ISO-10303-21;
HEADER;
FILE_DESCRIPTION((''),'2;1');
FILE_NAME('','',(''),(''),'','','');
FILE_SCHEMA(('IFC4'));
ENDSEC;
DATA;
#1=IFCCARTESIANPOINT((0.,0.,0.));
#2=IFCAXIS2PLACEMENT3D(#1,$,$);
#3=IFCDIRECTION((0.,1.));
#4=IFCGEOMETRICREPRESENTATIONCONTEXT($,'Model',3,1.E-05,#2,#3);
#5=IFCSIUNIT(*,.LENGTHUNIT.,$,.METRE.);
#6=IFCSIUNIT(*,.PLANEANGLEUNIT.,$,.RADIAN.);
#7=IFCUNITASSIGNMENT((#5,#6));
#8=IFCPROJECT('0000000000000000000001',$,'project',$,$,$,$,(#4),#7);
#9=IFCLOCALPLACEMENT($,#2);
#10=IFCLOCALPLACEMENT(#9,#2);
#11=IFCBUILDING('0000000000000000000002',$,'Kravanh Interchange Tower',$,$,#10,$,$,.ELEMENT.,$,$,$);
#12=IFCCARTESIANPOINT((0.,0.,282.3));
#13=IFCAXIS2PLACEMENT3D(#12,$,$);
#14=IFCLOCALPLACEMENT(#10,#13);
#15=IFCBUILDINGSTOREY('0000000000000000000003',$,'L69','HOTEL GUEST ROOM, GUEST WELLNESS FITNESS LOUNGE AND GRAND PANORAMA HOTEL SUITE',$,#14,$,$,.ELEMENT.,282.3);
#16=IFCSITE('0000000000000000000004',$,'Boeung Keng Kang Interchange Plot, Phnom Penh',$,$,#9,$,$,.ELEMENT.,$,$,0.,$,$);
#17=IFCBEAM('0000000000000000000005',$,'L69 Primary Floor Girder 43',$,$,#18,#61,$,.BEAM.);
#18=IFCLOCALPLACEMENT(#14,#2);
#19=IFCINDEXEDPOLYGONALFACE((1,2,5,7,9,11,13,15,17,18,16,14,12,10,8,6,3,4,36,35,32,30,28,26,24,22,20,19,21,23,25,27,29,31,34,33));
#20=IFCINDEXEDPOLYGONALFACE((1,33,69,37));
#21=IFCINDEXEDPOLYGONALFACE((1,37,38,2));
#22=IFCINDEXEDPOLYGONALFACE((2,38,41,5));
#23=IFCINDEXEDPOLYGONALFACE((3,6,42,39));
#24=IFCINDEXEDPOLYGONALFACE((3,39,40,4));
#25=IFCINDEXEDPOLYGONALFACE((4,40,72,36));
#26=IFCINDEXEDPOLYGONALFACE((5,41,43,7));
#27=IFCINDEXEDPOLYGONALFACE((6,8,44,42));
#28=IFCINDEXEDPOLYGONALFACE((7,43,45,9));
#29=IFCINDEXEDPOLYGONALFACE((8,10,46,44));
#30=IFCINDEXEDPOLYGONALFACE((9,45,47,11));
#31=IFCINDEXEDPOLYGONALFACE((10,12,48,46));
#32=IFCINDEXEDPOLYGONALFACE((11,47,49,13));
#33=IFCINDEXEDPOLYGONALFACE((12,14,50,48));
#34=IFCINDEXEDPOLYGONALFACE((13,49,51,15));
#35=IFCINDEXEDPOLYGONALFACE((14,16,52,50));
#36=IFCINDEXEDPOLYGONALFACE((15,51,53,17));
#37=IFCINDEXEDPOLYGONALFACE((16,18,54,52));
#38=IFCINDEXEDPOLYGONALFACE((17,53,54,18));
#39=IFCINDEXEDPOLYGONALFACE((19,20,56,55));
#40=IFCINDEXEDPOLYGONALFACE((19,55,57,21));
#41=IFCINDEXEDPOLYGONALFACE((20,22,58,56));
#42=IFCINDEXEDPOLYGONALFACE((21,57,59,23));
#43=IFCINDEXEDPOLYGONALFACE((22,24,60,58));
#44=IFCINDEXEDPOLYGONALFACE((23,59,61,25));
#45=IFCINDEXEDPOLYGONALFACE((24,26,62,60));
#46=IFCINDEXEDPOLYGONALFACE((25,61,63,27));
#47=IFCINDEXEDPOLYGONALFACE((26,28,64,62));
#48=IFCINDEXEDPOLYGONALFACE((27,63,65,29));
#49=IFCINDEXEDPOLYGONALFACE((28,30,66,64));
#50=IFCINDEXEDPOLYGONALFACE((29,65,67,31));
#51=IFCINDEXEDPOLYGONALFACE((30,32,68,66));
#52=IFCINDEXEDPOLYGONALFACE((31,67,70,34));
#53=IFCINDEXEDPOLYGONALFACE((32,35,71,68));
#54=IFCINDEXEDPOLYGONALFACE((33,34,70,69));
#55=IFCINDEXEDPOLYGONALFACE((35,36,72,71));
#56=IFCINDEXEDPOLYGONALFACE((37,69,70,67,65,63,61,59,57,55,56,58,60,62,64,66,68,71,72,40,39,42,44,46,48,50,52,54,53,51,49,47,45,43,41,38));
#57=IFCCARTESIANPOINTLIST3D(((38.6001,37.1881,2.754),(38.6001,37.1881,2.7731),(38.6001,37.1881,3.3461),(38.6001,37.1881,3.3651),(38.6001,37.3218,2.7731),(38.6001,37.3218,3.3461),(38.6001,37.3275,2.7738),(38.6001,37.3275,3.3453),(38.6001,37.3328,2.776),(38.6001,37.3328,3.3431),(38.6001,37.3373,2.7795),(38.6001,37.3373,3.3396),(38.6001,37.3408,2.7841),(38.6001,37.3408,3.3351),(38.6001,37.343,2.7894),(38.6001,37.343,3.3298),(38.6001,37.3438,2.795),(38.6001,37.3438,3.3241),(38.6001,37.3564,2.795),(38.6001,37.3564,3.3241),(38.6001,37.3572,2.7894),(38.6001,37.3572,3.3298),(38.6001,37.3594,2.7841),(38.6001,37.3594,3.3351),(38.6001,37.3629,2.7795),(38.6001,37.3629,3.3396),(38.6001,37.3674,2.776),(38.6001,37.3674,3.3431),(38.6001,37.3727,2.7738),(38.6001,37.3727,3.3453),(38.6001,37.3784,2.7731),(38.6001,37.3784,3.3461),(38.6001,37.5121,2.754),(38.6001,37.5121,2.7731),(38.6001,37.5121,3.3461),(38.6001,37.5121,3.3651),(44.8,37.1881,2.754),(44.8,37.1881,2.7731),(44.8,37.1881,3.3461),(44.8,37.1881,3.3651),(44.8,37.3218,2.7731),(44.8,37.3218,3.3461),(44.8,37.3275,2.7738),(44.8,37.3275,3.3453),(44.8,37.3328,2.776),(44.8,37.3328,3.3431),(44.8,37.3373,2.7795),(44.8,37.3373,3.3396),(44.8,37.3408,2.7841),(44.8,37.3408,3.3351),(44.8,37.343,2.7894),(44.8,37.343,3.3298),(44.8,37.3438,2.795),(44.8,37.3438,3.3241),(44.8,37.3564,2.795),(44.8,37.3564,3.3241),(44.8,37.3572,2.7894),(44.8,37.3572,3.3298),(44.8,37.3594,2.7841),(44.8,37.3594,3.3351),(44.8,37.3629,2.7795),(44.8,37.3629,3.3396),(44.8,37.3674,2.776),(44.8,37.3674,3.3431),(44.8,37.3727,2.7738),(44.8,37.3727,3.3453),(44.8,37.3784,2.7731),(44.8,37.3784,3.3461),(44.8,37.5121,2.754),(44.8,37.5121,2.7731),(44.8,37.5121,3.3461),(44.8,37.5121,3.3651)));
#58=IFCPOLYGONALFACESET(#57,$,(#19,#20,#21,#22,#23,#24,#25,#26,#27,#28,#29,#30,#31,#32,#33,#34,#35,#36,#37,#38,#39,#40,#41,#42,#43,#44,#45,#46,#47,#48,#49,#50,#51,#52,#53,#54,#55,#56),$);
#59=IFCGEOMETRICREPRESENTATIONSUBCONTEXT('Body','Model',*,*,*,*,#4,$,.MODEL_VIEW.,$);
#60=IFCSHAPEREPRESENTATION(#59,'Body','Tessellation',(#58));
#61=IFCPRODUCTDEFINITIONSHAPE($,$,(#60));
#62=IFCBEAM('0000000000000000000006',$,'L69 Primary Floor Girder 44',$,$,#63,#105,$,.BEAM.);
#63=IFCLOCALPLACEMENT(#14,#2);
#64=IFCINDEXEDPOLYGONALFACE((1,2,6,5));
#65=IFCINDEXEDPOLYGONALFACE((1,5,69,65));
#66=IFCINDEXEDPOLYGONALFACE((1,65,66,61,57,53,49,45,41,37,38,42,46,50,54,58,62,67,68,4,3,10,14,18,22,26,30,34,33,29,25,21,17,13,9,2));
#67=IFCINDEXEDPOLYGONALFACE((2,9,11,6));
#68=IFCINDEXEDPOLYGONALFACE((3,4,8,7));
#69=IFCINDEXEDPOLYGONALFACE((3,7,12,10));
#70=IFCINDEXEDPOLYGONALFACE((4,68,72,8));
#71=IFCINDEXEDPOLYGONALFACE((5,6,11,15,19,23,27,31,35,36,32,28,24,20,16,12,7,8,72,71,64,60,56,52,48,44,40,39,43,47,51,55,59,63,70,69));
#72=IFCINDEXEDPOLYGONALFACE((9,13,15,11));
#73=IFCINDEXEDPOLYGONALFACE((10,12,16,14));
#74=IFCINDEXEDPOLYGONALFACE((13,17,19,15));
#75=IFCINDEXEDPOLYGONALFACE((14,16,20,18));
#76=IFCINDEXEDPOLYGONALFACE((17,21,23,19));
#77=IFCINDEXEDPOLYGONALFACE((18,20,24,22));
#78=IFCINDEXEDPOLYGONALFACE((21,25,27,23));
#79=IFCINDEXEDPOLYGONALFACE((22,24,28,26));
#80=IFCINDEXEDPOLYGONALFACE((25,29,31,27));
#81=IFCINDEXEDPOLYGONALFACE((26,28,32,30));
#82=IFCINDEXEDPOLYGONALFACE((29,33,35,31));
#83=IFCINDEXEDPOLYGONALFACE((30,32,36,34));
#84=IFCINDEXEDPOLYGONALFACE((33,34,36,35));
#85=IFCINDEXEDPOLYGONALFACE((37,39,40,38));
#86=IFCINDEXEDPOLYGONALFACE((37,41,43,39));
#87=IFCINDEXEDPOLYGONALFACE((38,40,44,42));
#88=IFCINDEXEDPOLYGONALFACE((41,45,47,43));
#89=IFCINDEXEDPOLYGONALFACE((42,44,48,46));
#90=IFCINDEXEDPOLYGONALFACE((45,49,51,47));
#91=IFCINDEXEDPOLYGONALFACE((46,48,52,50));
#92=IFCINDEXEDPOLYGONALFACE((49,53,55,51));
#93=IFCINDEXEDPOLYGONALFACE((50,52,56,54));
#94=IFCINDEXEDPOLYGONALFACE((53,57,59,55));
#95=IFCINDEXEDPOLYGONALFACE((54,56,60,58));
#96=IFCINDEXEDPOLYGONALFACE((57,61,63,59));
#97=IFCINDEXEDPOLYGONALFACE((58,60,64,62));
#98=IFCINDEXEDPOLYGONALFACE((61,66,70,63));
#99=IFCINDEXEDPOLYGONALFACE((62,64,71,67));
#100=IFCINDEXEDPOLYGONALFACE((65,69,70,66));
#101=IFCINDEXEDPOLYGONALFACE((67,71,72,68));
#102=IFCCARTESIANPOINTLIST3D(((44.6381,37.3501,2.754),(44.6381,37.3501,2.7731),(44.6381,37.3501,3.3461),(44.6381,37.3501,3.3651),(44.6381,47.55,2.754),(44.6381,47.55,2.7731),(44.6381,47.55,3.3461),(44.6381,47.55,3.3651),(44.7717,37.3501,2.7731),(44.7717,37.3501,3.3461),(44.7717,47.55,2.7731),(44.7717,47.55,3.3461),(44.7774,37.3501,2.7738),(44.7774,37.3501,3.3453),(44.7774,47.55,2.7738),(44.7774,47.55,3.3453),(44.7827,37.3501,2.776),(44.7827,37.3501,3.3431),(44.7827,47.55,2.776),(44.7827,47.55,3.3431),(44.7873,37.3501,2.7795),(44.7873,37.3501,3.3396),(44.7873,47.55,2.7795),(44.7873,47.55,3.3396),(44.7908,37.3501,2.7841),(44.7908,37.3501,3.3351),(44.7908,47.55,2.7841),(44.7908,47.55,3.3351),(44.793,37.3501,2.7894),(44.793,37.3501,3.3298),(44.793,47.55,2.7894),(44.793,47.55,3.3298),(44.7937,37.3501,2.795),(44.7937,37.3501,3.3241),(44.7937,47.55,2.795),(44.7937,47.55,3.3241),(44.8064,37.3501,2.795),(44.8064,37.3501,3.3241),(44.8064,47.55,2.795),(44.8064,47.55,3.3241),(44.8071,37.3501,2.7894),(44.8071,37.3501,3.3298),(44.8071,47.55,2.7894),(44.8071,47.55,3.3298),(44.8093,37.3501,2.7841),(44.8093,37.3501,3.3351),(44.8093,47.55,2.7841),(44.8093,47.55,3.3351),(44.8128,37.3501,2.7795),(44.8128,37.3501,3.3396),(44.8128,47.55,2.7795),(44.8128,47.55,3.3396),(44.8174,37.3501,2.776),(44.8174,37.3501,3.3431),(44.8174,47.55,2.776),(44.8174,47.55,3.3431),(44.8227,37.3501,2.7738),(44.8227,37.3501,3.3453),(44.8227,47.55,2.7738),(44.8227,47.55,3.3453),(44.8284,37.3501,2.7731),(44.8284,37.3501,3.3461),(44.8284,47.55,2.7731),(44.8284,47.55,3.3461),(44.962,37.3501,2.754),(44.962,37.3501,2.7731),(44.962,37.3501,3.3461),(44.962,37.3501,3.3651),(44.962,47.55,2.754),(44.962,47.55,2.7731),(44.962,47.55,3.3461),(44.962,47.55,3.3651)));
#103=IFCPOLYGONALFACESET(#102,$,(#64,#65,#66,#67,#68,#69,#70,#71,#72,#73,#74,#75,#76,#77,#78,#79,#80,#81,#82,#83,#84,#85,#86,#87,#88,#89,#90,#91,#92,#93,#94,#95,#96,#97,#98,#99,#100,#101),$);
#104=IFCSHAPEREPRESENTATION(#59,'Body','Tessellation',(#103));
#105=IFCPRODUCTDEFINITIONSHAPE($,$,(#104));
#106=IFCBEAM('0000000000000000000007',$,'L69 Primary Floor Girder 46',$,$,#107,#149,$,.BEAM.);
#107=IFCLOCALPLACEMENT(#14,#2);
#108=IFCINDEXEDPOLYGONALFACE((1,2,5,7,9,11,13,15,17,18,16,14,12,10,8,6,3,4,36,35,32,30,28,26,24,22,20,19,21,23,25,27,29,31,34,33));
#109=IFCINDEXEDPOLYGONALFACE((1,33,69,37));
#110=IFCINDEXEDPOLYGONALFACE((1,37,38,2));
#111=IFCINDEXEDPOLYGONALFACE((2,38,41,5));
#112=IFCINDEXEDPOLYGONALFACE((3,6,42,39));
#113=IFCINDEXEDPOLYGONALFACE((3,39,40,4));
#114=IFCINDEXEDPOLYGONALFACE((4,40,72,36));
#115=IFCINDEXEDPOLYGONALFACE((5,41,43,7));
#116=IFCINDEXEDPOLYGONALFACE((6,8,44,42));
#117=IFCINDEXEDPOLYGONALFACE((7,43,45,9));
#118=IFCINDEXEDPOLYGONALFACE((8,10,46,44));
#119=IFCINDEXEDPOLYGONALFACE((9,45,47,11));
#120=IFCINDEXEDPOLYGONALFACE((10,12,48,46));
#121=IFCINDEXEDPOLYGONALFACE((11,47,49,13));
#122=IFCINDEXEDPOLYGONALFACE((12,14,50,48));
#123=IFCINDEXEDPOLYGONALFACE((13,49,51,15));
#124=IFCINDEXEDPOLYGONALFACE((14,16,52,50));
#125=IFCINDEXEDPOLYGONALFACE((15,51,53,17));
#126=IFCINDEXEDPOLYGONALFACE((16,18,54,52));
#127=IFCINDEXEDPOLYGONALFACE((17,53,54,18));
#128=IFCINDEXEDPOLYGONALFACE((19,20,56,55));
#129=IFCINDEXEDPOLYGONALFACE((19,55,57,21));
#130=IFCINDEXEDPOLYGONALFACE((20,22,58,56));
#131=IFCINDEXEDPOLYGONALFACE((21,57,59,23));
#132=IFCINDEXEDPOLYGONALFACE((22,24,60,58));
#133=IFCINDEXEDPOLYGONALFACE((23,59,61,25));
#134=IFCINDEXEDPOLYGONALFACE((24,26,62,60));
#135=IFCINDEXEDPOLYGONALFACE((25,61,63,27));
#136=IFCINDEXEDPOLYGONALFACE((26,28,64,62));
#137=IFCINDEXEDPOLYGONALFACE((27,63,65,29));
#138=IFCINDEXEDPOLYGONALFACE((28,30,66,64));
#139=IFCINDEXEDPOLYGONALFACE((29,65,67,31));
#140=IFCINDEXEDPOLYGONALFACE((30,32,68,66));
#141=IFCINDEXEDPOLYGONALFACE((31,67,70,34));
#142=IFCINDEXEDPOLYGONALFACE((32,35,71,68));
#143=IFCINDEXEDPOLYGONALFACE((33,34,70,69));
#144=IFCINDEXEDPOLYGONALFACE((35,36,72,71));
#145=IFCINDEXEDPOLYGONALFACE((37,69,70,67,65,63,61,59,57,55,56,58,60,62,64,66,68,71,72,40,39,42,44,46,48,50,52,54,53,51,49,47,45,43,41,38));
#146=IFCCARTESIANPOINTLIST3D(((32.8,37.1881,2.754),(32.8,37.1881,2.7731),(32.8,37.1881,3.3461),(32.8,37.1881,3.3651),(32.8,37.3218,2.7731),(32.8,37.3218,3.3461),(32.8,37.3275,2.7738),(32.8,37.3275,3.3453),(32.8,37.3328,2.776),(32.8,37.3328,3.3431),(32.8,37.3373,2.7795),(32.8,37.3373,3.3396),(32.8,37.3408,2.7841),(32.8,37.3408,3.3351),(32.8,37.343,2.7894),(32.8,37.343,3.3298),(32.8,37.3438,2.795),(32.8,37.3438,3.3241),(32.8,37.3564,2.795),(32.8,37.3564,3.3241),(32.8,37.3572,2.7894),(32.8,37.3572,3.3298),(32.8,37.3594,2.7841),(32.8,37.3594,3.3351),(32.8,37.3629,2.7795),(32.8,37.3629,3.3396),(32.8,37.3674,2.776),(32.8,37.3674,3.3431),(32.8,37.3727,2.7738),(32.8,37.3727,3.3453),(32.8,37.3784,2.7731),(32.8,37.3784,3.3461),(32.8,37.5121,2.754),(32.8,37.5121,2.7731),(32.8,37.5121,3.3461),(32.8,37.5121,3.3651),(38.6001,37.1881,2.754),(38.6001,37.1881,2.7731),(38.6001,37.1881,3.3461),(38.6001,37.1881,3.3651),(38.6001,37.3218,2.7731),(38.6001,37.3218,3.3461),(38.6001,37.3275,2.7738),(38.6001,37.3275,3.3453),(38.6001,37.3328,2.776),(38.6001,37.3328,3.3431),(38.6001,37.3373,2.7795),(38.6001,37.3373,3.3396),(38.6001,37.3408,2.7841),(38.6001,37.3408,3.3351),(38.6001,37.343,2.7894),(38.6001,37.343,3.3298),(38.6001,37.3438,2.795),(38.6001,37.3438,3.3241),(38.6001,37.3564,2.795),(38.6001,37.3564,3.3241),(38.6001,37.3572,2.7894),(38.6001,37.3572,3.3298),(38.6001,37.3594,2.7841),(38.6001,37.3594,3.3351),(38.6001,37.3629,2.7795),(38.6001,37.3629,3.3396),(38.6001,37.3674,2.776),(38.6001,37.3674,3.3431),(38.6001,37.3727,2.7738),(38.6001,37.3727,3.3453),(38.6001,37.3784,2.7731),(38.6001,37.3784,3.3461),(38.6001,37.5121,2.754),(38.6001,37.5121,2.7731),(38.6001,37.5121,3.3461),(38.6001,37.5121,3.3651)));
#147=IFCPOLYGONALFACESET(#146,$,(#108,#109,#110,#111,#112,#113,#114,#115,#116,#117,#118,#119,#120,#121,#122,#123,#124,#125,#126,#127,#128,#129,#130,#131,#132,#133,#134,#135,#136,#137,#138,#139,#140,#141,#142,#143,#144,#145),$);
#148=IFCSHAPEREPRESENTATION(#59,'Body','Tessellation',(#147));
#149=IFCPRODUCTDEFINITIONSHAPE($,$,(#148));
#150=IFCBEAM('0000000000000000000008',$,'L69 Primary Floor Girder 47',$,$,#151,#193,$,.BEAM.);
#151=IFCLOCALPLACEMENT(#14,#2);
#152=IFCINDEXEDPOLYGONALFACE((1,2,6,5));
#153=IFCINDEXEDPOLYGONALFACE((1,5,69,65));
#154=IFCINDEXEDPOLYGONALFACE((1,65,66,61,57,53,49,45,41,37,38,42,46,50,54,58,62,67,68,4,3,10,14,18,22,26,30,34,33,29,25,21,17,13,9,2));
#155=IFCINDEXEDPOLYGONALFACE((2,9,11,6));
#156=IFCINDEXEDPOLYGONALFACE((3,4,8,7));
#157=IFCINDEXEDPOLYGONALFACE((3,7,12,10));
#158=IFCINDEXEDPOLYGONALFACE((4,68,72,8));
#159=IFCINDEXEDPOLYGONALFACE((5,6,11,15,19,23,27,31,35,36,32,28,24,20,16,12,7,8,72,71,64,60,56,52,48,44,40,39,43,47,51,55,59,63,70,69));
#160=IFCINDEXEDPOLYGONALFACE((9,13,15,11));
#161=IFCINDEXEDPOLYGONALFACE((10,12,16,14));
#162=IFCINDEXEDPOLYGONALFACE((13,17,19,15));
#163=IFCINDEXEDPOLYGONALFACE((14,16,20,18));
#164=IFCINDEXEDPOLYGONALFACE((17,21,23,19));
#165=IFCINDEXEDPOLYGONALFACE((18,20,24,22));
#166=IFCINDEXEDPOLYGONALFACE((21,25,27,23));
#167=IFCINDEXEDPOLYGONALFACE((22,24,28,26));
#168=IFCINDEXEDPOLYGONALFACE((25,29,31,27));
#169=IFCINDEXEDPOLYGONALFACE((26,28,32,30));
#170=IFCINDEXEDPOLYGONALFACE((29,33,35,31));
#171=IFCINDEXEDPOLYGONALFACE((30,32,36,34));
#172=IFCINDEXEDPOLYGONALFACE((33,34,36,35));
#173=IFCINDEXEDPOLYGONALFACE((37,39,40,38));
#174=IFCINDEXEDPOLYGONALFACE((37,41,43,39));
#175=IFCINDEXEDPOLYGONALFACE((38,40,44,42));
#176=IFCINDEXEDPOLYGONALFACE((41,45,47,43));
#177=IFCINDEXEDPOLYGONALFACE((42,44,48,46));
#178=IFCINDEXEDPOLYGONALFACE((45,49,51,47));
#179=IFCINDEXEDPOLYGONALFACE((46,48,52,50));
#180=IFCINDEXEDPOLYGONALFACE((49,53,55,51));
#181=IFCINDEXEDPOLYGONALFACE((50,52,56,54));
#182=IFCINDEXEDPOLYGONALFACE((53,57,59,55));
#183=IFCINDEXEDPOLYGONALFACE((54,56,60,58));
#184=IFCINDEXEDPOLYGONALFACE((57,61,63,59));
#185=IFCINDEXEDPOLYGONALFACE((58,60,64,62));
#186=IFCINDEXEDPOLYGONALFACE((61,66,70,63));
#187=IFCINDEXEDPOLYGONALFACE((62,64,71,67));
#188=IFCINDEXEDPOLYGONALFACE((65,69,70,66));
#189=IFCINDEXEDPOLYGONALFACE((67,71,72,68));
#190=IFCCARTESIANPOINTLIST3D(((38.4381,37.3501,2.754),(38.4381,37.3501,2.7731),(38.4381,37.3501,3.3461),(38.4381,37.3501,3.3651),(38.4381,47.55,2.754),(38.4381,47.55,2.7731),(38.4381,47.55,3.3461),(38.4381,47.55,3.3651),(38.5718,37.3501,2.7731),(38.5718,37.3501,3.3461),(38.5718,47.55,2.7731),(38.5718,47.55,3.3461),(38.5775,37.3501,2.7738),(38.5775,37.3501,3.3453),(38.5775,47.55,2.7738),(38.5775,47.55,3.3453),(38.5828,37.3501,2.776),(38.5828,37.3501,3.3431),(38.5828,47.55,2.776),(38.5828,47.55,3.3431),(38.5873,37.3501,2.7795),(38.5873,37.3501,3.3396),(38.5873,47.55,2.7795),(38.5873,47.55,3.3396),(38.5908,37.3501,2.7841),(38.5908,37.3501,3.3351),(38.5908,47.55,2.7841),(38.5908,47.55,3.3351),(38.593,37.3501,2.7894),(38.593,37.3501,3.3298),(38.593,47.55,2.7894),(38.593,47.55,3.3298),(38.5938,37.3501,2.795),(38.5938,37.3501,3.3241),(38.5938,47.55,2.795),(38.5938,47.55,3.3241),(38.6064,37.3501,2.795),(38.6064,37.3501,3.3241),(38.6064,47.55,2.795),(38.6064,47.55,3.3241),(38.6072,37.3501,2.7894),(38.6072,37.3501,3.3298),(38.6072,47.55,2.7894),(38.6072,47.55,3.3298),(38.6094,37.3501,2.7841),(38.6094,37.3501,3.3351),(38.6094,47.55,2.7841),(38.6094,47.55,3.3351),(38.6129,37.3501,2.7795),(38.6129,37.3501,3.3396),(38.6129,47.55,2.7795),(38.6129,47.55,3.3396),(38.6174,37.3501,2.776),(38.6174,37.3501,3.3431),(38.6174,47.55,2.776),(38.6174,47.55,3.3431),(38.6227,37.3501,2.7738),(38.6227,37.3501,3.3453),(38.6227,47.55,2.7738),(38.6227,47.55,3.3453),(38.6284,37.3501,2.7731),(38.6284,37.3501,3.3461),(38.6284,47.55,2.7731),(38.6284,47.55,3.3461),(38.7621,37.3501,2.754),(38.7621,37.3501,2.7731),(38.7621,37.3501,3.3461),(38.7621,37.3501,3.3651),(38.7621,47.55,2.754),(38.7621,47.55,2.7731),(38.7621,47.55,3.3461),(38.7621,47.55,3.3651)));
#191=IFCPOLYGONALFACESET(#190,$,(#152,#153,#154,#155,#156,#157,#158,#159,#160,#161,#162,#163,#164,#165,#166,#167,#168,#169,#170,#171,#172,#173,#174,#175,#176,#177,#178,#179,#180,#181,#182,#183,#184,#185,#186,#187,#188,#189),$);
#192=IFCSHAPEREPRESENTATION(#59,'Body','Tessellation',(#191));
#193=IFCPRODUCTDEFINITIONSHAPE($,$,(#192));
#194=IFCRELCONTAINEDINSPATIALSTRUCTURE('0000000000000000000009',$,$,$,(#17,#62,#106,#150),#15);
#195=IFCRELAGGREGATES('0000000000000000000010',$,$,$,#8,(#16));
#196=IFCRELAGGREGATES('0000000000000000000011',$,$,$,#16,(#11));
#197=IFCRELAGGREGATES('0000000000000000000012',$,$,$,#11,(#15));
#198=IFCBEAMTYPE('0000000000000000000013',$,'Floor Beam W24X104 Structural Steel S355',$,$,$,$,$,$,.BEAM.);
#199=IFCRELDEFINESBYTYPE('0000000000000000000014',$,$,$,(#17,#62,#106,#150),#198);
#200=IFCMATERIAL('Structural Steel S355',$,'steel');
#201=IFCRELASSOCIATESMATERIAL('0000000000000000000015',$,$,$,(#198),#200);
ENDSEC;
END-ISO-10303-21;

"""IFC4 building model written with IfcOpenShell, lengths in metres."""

from ifc_helpers import new_model, si_unit, direction, frame, origin, origin_2d, place, context, subcontext, project, spatial, i_section, extrude, material, material_profile, profile_set, type_object, element, save


model = new_model("IFC4")

# Units and contexts
model_context = context("Model", 3, precision=1e-05, world=origin(), true_north=direction((0.0, 1.0)))
body_context = subcontext(model_context, "Body", "Model", "MODEL_VIEW")
ifc_project = project(units=[si_unit("LENGTHUNIT", "METRE"), si_unit("PLANEANGLEUNIT", "RADIAN")], contexts=[model_context])

# Site, building, storey
site_placement = place(None, origin())
site = spatial("IfcSite", under=ifc_project, at=site_placement, Name="Boeung Keng Kang Interchange Plot, Phnom Penh", CompositionType="ELEMENT", RefElevation=0.0)
building_placement = place(site_placement, origin())
building = spatial("IfcBuilding", under=site, at=building_placement, Name="Kravanh Interchange Tower", CompositionType="ELEMENT")
storey_placement = place(building_placement, frame((0.0, 0.0, 282.3)))
storey = spatial("IfcBuildingStorey", under=building, at=storey_placement, Name="L69", Description="HOTEL GUEST ROOM, GUEST WELLNESS FITNESS LOUNGE AND GRAND PANORAMA HOTEL SUITE", CompositionType="ELEMENT", Elevation=282.3)

# Beams
ifc_material_1 = material(Name="Structural Steel S355", Category="steel")
ifc_material_profile_1 = material_profile(ifc_material_1, i_section(OverallWidth=0.324, OverallDepth=0.6111, WebThickness=0.0127, FlangeThickness=0.019, FilletRadius=0.022, at=origin_2d()), Name="W24X104")
ifc_profile_set_1 = profile_set([ifc_material_profile_1], Name="Structural Steel S355")
beam_type_1 = type_object("IfcBeamType", Name="Floor Beam W24X104 Structural Steel S355", PredefinedType="BEAM", material=ifc_profile_set_1)
beam_1_placement = place(storey_placement, frame((44.8, 37.3501, 3.0596), z_axis=(-1.0, 0.0, 0.0), x_axis=(0.0, -1.0, 0.0)))
element("IfcBeam", 1, at=beam_1_placement, inside=storey, type_object=beam_type_1, Name="L69 Primary Floor Girder 43", PredefinedType="BEAM", context=body_context, shape_type="SweptSolid", body=[
    extrude(i_section(OverallWidth=0.324, OverallDepth=0.6111, WebThickness=0.0127, FlangeThickness=0.019, FilletRadius=0.022, at=origin_2d()), origin(), (0.0, 0.0, 1.0), 6.2),
])
beam_2_placement = place(storey_placement, frame((44.8, 37.3501, 3.0596), z_axis=(0.0, 1.0, 0.0), x_axis=(-1.0, 0.0, 0.0)))
element("IfcBeam", 2, at=beam_2_placement, inside=storey, type_object=beam_type_1, Name="L69 Primary Floor Girder 44", PredefinedType="BEAM", context=body_context, shape_type="SweptSolid", body=[
    extrude(i_section(OverallWidth=0.324, OverallDepth=0.6111, WebThickness=0.0127, FlangeThickness=0.019, FilletRadius=0.022, at=origin_2d()), origin(), (0.0, 0.0, 1.0), 10.2),
])
beam_3_placement = place(storey_placement, frame((38.6001, 37.3501, 3.0596), z_axis=(-1.0, 0.0, 0.0), x_axis=(0.0, -1.0, 0.0)))
element("IfcBeam", 3, at=beam_3_placement, inside=storey, type_object=beam_type_1, Name="L69 Primary Floor Girder 46", PredefinedType="BEAM", context=body_context, shape_type="SweptSolid", body=[
    extrude(i_section(OverallWidth=0.324, OverallDepth=0.6111, WebThickness=0.0127, FlangeThickness=0.019, FilletRadius=0.022, at=origin_2d()), origin(), (0.0, 0.0, 1.0), 5.8),
])
beam_4_placement = place(storey_placement, frame((38.6001, 37.3501, 3.0596), z_axis=(0.0, 1.0, 0.0), x_axis=(-1.0, 0.0, 0.0)))
element("IfcBeam", 4, at=beam_4_placement, inside=storey, type_object=beam_type_1, Name="L69 Primary Floor Girder 47", PredefinedType="BEAM", context=body_context, shape_type="SweptSolid", body=[
    extrude(i_section(OverallWidth=0.324, OverallDepth=0.6111, WebThickness=0.0127, FlangeThickness=0.019, FilletRadius=0.022, at=origin_2d()), origin(), (0.0, 0.0, 1.0), 10.2),
])

save(model, "model.ifc")
